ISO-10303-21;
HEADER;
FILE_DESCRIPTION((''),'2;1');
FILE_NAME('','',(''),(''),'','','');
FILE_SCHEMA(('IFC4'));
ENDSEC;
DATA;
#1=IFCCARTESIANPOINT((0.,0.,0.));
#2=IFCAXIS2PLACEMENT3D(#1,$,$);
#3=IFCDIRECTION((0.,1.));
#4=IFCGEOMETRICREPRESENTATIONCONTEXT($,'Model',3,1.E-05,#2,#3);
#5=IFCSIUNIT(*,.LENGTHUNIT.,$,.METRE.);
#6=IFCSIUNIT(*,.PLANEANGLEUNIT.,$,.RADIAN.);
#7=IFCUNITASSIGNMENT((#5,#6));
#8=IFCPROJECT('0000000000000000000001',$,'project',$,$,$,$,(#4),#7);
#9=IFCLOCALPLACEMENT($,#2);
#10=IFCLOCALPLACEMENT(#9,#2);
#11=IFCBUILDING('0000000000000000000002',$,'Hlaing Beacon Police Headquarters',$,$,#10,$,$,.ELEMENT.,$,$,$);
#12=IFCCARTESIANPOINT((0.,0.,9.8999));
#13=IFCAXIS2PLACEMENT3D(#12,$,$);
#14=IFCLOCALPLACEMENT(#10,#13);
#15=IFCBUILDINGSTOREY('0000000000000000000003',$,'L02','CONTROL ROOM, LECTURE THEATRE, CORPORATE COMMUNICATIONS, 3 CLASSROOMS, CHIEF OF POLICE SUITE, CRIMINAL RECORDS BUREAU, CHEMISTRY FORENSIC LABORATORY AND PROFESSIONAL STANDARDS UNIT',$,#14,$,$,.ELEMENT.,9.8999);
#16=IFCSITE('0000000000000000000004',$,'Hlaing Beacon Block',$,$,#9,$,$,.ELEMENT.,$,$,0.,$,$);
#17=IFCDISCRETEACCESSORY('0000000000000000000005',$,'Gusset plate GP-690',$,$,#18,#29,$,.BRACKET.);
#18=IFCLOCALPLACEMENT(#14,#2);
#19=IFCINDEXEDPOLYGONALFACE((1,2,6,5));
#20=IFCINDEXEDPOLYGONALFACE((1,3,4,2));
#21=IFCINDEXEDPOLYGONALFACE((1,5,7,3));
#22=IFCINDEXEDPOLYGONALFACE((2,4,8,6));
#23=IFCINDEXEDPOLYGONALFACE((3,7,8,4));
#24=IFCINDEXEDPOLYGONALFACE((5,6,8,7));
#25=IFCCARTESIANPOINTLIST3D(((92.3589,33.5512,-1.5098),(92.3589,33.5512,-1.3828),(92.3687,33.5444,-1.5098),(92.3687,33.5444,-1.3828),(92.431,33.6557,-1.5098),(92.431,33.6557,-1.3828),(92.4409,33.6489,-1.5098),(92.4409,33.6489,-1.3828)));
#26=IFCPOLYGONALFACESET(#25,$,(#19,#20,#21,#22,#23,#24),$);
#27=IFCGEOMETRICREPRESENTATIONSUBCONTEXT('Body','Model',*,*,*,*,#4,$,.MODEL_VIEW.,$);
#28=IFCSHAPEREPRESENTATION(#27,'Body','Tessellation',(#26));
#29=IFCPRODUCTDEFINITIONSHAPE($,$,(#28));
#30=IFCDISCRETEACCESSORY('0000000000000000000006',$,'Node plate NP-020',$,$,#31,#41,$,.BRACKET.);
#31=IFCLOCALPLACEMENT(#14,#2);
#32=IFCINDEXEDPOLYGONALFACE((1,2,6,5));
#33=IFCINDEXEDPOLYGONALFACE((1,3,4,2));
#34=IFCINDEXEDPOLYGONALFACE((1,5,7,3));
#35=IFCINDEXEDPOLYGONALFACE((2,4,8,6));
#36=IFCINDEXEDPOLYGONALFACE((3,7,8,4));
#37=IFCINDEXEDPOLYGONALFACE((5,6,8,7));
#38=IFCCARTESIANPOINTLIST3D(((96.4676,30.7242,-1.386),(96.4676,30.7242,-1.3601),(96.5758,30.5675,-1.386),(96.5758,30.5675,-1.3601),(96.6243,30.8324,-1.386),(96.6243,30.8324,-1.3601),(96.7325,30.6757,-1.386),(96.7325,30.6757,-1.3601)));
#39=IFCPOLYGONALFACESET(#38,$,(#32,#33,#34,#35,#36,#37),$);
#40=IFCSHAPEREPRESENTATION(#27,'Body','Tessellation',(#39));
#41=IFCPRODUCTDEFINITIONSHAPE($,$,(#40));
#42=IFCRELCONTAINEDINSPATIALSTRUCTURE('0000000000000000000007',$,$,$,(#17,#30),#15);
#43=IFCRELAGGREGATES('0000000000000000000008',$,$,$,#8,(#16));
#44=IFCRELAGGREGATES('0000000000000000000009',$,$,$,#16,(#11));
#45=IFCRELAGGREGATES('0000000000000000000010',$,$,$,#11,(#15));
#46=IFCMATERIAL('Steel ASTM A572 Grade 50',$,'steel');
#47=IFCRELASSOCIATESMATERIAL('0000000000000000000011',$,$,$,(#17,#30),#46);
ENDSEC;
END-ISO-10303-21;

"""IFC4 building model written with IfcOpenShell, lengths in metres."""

from ifc_helpers import new_model, si_unit, direction, frame, origin, origin_2d, place, context, subcontext, project, spatial, rectangle, extrude, material, element, save


model = new_model("IFC4")

# Units and contexts
model_context = context("Model", 3, precision=1e-05, world=origin(), true_north=direction((0.0, 1.0)))
body_context = subcontext(model_context, "Body", "Model", "MODEL_VIEW")
ifc_project = project(units=[si_unit("LENGTHUNIT", "METRE"), si_unit("PLANEANGLEUNIT", "RADIAN")], contexts=[model_context])

# Site, building, storey
site_placement = place(None, origin())
site = spatial("IfcSite", under=ifc_project, at=site_placement, Name="Hlaing Beacon Block", CompositionType="ELEMENT", RefElevation=0.0)
building_placement = place(site_placement, origin())
building = spatial("IfcBuilding", under=site, at=building_placement, Name="Hlaing Beacon Police Headquarters", CompositionType="ELEMENT")
storey_placement = place(building_placement, frame((0.0, 0.0, 9.8999)))
storey = spatial("IfcBuildingStorey", under=building, at=storey_placement, Name="L02", Description="CONTROL ROOM, LECTURE THEATRE, CORPORATE COMMUNICATIONS, 3 CLASSROOMS, CHIEF OF POLICE SUITE, CRIMINAL RECORDS BUREAU, CHEMISTRY FORENSIC LABORATORY AND PROFESSIONAL STANDARDS UNIT", CompositionType="ELEMENT", Elevation=9.8999)

# Discrete accessories
ifc_material_1 = material(Name="Steel ASTM A572 Grade 50", Category="steel")
for number, where, z_axis, x_axis, name in (
    (1, (92.4048, 33.5967, -1.4463), (-0.822899, 0.568187, 0.0), (-0.568187, -0.822899, 0.0), "Gusset plate GP-690"),
):
    element("IfcDiscreteAccessory", number, at=place(storey_placement, frame(where, z_axis=z_axis, x_axis=x_axis)), inside=storey, material=ifc_material_1, Name=name, PredefinedType="BRACKET", context=body_context, shape_type="SweptSolid", body=[
        extrude(rectangle(XDim=0.127, YDim=0.127, at=origin_2d()), origin(), (0.0, 0.0, 1.0), 0.012),
    ])
discrete_accessory_placement = place(storey_placement, frame((96.6001, 30.7, -1.386), z_axis=(0.0, 0.0, 1.0), x_axis=(0.822897, 0.568191, 0.0)))
element("IfcDiscreteAccessory", 2, at=discrete_accessory_placement, inside=storey, material=ifc_material_1, Name="Node plate NP-020", PredefinedType="BRACKET", context=body_context, shape_type="SweptSolid", body=[
    extrude(rectangle(XDim=0.1904, YDim=0.1904, at=origin_2d()), origin(), (0.0, 0.0, 1.0), 0.0259),
])

save(model, "model.ifc")
